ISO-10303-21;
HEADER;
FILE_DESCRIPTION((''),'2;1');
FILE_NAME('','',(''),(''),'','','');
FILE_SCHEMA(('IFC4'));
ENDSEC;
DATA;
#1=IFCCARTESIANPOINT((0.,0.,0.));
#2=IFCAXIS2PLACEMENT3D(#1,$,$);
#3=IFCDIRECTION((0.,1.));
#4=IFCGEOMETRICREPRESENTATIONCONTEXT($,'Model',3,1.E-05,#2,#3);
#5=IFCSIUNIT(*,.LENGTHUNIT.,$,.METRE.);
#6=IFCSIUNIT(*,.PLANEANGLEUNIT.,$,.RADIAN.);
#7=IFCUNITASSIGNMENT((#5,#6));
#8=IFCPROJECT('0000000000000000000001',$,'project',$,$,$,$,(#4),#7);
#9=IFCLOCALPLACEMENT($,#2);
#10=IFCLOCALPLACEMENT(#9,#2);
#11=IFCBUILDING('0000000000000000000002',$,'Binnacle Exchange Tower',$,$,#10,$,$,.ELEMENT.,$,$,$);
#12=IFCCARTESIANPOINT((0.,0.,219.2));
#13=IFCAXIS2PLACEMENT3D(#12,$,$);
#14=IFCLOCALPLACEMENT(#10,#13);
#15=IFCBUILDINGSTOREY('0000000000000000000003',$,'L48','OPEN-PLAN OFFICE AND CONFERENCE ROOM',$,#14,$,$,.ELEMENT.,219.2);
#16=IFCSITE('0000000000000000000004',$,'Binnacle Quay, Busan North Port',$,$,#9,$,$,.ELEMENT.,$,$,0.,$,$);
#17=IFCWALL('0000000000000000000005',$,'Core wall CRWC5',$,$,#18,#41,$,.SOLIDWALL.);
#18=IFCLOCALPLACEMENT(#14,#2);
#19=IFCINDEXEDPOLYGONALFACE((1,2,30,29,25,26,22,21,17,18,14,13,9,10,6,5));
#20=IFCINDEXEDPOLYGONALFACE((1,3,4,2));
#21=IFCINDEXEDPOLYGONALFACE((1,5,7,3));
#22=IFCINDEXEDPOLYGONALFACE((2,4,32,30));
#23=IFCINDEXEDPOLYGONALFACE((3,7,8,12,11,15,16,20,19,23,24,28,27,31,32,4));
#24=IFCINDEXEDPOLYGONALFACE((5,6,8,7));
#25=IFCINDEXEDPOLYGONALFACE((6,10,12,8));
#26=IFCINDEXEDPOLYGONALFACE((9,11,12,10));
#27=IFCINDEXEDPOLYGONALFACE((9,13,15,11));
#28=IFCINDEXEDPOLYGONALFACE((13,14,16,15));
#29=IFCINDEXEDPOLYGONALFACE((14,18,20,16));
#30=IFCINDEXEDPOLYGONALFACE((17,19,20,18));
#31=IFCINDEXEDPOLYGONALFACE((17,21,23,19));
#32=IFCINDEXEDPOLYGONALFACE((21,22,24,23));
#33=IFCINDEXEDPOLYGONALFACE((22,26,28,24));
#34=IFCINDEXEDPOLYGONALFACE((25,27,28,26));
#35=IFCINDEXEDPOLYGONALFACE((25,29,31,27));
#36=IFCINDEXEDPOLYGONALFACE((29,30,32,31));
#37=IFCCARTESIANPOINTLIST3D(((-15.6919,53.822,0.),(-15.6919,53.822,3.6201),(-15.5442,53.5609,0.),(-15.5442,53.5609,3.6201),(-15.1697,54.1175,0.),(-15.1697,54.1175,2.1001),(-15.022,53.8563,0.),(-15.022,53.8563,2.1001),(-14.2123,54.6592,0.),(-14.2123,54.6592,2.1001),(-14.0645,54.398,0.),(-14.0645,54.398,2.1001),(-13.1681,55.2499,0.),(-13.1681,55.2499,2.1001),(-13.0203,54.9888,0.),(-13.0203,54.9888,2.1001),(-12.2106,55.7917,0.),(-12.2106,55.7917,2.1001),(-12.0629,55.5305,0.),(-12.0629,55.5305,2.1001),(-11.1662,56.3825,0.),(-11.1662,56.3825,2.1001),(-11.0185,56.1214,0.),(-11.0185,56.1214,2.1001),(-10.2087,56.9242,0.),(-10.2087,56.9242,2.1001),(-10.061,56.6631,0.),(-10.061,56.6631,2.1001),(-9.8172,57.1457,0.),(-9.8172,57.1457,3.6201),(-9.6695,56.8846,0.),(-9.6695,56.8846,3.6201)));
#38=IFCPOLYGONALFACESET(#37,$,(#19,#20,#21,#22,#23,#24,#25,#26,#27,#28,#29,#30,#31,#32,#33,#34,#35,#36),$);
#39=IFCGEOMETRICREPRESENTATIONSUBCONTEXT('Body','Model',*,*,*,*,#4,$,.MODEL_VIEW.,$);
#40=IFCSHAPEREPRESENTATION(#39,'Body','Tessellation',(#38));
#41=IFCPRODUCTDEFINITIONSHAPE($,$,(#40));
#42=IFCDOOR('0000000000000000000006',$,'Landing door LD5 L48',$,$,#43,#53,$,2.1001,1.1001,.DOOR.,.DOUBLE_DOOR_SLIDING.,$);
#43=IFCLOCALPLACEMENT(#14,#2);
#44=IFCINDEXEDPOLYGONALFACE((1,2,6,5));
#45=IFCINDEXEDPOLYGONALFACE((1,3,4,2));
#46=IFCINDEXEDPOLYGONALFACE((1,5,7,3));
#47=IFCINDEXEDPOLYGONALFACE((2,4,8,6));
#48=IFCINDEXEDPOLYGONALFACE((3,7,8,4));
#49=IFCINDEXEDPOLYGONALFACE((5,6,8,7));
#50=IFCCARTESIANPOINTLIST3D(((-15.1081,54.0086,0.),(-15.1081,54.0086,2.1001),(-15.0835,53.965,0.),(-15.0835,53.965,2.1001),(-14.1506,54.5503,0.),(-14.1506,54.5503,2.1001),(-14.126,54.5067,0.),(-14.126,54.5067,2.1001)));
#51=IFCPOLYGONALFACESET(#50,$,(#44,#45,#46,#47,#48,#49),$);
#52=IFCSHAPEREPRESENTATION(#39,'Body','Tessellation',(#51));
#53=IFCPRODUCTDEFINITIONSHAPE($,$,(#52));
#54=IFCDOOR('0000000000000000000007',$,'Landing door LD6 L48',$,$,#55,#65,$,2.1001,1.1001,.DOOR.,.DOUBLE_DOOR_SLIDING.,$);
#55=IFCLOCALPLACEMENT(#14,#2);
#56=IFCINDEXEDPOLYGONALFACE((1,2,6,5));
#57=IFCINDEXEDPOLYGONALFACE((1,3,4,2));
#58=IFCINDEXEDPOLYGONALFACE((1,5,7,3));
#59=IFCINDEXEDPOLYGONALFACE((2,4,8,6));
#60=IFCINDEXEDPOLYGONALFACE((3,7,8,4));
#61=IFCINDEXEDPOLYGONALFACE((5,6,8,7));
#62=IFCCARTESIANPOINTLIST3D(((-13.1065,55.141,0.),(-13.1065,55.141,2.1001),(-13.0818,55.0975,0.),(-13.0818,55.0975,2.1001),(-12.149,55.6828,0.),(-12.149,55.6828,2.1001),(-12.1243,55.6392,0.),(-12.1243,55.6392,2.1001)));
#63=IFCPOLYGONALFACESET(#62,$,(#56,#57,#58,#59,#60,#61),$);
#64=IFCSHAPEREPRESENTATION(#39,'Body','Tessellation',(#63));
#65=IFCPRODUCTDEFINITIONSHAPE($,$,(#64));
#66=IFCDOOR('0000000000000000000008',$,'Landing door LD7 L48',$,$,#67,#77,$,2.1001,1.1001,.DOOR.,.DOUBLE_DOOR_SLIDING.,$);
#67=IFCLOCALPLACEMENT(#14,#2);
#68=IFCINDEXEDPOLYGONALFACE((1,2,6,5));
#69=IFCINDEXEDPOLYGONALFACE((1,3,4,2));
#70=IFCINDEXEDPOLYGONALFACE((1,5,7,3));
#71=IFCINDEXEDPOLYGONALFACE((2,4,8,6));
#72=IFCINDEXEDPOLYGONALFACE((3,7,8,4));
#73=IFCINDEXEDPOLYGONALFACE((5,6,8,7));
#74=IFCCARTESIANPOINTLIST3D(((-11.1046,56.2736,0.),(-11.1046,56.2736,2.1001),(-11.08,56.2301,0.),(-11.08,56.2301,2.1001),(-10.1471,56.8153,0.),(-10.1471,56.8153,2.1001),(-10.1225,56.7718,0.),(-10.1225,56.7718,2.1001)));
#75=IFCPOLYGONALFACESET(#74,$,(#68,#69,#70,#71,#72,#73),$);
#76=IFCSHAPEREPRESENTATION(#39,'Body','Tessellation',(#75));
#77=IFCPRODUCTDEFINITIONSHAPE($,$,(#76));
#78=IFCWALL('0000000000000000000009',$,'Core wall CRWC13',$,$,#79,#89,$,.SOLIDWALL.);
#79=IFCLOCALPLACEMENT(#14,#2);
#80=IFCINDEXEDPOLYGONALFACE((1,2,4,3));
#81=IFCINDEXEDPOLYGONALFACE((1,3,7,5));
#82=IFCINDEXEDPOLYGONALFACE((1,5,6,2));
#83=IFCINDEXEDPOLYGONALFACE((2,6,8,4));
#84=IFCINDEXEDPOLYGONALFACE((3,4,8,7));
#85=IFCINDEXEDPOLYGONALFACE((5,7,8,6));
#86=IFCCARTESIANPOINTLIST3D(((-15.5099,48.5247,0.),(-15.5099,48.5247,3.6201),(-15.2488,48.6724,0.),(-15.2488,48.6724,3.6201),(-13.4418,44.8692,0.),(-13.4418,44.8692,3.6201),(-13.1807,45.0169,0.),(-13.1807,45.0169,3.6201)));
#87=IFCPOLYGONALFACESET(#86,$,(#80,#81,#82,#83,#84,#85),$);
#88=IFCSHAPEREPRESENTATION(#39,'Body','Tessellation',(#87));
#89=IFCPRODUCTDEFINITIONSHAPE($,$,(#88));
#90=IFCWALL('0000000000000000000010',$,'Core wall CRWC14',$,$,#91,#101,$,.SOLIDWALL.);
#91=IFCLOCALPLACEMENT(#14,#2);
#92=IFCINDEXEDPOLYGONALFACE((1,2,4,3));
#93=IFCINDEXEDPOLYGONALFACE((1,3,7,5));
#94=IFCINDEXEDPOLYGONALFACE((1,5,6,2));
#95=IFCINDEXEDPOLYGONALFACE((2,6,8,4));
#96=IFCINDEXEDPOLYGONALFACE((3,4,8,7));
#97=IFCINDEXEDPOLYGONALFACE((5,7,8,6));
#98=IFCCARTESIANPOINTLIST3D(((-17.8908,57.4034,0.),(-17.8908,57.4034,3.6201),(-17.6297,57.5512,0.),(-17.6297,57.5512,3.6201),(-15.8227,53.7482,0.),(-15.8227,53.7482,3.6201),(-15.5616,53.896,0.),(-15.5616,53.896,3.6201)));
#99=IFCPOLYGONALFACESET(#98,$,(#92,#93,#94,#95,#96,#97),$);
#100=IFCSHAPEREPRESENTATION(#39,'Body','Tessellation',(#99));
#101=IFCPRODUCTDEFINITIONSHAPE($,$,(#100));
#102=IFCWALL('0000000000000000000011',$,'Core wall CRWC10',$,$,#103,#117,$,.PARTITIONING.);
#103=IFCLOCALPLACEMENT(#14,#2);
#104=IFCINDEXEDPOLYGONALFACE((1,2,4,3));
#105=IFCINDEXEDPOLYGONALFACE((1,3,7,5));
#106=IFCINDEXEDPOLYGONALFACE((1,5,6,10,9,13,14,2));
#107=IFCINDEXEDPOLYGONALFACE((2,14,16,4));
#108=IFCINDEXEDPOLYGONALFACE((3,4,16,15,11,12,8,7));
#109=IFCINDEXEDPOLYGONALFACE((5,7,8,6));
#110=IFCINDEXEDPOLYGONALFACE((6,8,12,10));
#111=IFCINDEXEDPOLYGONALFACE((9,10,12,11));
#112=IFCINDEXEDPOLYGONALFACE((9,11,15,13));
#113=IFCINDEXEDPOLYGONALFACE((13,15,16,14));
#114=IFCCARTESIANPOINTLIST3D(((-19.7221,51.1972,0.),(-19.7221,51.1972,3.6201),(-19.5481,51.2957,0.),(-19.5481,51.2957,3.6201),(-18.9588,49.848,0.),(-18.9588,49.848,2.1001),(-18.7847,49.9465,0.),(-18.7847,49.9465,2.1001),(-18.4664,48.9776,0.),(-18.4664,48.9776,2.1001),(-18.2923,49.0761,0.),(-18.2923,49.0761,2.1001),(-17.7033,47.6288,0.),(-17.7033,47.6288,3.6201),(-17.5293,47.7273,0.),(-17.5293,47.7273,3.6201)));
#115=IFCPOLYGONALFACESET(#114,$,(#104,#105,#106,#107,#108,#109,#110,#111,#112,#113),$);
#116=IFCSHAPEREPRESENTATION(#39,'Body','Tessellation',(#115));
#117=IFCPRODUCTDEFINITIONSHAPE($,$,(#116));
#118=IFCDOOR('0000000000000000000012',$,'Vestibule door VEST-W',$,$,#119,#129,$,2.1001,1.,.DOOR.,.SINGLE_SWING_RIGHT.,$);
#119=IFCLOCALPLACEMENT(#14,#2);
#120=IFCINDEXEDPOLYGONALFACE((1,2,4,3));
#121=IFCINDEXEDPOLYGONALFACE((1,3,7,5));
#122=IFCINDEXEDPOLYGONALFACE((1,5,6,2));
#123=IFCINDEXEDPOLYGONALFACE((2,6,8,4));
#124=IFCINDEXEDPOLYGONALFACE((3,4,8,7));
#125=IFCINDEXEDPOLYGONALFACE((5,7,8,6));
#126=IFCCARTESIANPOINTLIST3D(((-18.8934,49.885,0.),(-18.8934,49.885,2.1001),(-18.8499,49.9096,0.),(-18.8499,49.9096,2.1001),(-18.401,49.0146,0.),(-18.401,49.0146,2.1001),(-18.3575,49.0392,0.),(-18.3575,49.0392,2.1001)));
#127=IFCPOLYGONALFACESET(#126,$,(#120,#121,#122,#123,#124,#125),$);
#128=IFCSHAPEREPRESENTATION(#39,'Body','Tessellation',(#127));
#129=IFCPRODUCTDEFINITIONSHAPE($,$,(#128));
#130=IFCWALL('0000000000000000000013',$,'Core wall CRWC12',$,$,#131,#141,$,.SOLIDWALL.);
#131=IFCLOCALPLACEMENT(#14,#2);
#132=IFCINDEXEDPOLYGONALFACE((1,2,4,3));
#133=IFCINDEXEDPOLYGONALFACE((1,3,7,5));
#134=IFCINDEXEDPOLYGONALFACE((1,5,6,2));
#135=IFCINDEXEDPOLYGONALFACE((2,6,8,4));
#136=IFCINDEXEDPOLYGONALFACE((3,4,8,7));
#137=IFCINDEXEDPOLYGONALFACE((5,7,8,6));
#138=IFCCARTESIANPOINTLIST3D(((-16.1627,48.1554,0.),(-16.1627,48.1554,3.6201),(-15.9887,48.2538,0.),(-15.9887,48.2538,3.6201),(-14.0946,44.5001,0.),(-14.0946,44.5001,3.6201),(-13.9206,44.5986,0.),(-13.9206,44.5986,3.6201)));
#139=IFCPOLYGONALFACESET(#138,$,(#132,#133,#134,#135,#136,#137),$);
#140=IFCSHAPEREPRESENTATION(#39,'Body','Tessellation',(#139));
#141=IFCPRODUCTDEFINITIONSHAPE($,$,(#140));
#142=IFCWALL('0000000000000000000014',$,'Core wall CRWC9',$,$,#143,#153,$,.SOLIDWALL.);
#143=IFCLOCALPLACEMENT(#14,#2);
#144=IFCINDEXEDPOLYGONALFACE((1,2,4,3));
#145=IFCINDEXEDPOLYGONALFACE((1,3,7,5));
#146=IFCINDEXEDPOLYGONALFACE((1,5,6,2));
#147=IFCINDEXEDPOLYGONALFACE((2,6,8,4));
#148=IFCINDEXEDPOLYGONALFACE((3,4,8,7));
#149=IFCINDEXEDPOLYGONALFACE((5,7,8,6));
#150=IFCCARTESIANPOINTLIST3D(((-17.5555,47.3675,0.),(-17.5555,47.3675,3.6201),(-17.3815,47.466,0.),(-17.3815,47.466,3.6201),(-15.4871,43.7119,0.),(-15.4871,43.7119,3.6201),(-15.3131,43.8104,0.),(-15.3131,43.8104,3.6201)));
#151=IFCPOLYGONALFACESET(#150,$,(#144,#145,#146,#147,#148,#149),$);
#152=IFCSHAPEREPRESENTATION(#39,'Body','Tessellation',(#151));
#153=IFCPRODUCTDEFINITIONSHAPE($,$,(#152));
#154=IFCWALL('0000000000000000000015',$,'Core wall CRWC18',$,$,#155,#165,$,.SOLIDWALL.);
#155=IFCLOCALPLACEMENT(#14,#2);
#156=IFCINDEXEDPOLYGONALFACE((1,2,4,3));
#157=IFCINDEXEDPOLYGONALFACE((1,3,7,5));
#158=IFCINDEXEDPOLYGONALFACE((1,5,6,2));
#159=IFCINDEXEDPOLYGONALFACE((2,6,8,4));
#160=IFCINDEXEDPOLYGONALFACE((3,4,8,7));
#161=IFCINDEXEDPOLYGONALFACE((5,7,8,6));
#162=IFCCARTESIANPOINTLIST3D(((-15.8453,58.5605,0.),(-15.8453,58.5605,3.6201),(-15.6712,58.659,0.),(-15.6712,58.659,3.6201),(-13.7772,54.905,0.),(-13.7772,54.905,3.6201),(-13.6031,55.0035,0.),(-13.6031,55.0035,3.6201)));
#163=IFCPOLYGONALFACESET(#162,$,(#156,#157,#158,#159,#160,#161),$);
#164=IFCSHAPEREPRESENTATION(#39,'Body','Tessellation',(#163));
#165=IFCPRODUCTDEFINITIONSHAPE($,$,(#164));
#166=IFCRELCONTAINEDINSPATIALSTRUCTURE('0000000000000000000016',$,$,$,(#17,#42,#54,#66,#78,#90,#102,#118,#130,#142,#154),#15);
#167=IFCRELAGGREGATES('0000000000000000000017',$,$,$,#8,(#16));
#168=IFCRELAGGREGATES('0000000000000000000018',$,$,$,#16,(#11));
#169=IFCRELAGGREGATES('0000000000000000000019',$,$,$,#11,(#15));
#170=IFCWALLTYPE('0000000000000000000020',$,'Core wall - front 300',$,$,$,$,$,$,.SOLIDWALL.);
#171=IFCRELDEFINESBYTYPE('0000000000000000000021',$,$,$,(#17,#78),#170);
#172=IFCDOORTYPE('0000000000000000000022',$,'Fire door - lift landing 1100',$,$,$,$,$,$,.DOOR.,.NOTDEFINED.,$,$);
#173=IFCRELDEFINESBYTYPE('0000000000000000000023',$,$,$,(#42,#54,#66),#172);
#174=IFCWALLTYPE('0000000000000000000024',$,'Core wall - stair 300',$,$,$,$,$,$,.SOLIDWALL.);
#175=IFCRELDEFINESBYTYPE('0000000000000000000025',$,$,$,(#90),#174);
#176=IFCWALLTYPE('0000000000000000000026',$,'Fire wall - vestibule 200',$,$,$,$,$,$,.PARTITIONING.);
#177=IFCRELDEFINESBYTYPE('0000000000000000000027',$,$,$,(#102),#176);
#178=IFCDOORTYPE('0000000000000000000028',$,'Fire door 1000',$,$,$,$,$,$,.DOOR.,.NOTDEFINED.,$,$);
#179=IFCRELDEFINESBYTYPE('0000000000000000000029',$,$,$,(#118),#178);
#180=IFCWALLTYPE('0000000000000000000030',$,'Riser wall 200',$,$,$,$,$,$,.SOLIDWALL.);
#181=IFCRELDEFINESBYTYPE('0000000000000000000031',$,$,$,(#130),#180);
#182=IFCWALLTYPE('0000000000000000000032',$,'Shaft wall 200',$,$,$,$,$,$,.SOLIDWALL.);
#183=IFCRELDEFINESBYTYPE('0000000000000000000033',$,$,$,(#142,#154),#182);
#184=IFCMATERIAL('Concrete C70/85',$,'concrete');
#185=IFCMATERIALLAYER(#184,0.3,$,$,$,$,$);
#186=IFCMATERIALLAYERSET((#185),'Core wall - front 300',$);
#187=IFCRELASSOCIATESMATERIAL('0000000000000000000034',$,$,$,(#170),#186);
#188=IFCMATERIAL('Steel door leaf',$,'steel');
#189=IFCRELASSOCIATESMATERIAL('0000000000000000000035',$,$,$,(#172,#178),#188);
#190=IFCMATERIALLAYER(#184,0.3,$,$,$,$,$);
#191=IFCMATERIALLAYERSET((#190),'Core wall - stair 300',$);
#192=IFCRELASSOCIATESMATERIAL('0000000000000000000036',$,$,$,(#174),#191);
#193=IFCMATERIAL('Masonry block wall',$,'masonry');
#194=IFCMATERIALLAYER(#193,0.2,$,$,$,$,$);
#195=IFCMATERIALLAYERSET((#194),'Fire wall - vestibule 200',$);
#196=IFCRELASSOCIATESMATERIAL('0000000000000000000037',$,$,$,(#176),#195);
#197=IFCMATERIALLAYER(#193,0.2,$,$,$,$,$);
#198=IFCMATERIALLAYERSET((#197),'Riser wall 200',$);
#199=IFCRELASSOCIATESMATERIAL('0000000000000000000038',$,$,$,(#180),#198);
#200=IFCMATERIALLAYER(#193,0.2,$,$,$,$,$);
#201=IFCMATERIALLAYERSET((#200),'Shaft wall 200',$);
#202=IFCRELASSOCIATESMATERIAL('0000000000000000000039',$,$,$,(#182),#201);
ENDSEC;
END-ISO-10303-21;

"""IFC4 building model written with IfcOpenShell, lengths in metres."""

from ifc_helpers import new_model, si_unit, direction, frame, frame_2d, origin, place, context, subcontext, project, spatial, rectangle, extrude, material, layer, layer_set, type_object, element, fill, save


model = new_model("IFC4")

# Units and contexts
model_context = context("Model", 3, precision=1e-05, world=origin(), true_north=direction((0.0, 1.0)))
body_context = subcontext(model_context, "Body", "Model", "MODEL_VIEW")
ifc_project = project(units=[si_unit("LENGTHUNIT", "METRE"), si_unit("PLANEANGLEUNIT", "RADIAN")], contexts=[model_context])

# Site, building, storey
site_placement = place(None, origin())
site = spatial("IfcSite", under=ifc_project, at=site_placement, Name="Binnacle Quay, Busan North Port", CompositionType="ELEMENT", RefElevation=0.0)
building_placement = place(site_placement, origin())
building = spatial("IfcBuilding", under=site, at=building_placement, Name="Binnacle Exchange Tower", CompositionType="ELEMENT")
storey_placement = place(building_placement, frame((0.0, 0.0, 219.2)))
storey = spatial("IfcBuildingStorey", under=building, at=storey_placement, Name="L48", Description="OPEN-PLAN OFFICE AND CONFERENCE ROOM", CompositionType="ELEMENT", Elevation=219.2)

# Wall, openings, doors
ifc_material_1 = material(Name="Concrete C70/85", Category="concrete")
ifc_layer_1 = layer(ifc_material_1, 0.3)
ifc_layer_set_1 = layer_set([ifc_layer_1], Name="Core wall - front 300")
wall_type_1 = type_object("IfcWallType", Name="Core wall - front 300", PredefinedType="SOLIDWALL", material=ifc_layer_set_1)
ifc_material_2 = material(Name="Steel door leaf", Category="steel")
wall_1_placement = place(storey_placement, frame((-15.6182, 53.6914, 0.0), z_axis=(0.0, 0.0, 1.0), x_axis=(0.870359, 0.492418, 0.0)))
wall_1 = element("IfcWall", 1, at=wall_1_placement, inside=storey, type_object=wall_type_1, Name="Core wall CRWC5", PredefinedType="SOLIDWALL", context=body_context, shape_type="SweptSolid", body=[
    extrude(rectangle(XDim=6.7498, YDim=0.3, at=frame_2d((3.375, 0.0))), origin(), (0.0, 0.0, 1.0), 3.6201),
])
opening_1_placement = place(wall_1_placement, frame((0.6001, 0.0, 0.0)))
opening_1 = element("IfcOpeningElement", 2, at=opening_1_placement, cuts=wall_1, PredefinedType="OPENING", context=body_context, shape_type="SweptSolid", body=[
    extrude(rectangle(XDim=1.1001, YDim=2.1001, at=frame_2d((0.55, 1.05))), frame((0.0, 0.1599, 0.0), z_axis=(0.0, -1.0, 0.0), x_axis=(1.0, 0.0, 0.0)), (0.0, 0.0, 1.0), 0.3201),
])
opening_2_placement = place(wall_1_placement, frame((2.8999, 0.0, 0.0)))
opening_2 = element("IfcOpeningElement", 3, at=opening_2_placement, cuts=wall_1, PredefinedType="OPENING", context=body_context, shape_type="SweptSolid", body=[
    extrude(rectangle(XDim=1.1001, YDim=2.1001, at=frame_2d((0.55, 1.05))), frame((0.0, 0.1599, 0.0), z_axis=(0.0, -1.0, 0.0), x_axis=(1.0, 0.0, 0.0)), (0.0, 0.0, 1.0), 0.3201),
])
opening_3_placement = place(wall_1_placement, frame((5.2, 0.0, 0.0)))
opening_3 = element("IfcOpeningElement", 4, at=opening_3_placement, cuts=wall_1, PredefinedType="OPENING", context=body_context, shape_type="SweptSolid", body=[
    extrude(rectangle(XDim=1.1001, YDim=2.1001, at=frame_2d((0.55, 1.05))), frame((0.0, 0.1599, 0.0), z_axis=(0.0, -1.0, 0.0), x_axis=(1.0, 0.0, 0.0)), (0.0, 0.0, 1.0), 0.3201),
])
door_type_1 = type_object("IfcDoorType", Name="Fire door - lift landing 1100", OperationType="NOTDEFINED", PredefinedType="DOOR", material=ifc_material_2)
door_1_placement = place(opening_1_placement, origin())
door_1 = element("IfcDoor", 5, at=door_1_placement, inside=storey, type_object=door_type_1, Name="Landing door LD5 L48", OperationType="DOUBLE_DOOR_SLIDING", OverallHeight=2.1001, OverallWidth=1.1001, PredefinedType="DOOR", context=body_context, shape_type="SweptSolid", body=[
    extrude(rectangle(XDim=1.1001, YDim=2.1001, at=frame_2d((0.55, 1.05))), frame((0.0, 0.0249, 0.0), z_axis=(0.0, -1.0, 0.0), x_axis=(1.0, 0.0, 0.0)), (0.0, 0.0, 1.0), 0.05),
])
fill(opening_1, door_1)
door_2_placement = place(opening_2_placement, origin())
door_2 = element("IfcDoor", 6, at=door_2_placement, inside=storey, type_object=door_type_1, Name="Landing door LD6 L48", OperationType="DOUBLE_DOOR_SLIDING", OverallHeight=2.1001, OverallWidth=1.1001, PredefinedType="DOOR", context=body_context, shape_type="SweptSolid", body=[
    extrude(rectangle(XDim=1.1001, YDim=2.1001, at=frame_2d((0.55, 1.05))), frame((0.0, 0.0249, 0.0), z_axis=(0.0, -1.0, 0.0), x_axis=(1.0, 0.0, 0.0)), (0.0, 0.0, 1.0), 0.05),
])
fill(opening_2, door_2)
door_3_placement = place(opening_3_placement, origin())
door_3 = element("IfcDoor", 7, at=door_3_placement, inside=storey, type_object=door_type_1, Name="Landing door LD7 L48", OperationType="DOUBLE_DOOR_SLIDING", OverallHeight=2.1001, OverallWidth=1.1001, PredefinedType="DOOR", context=body_context, shape_type="SweptSolid", body=[
    extrude(rectangle(XDim=1.1001, YDim=2.1001, at=frame_2d((0.55, 1.05))), frame((0.0, 0.0249, 0.0), z_axis=(0.0, -1.0, 0.0), x_axis=(1.0, 0.0, 0.0)), (0.0, 0.0, 1.0), 0.05),
])
fill(opening_3, door_3)

# Walls
wall_2_placement = place(storey_placement, frame((-15.3794, 48.5986, 0.0), z_axis=(0.0, 0.0, 1.0), x_axis=(0.49241, -0.870364, 0.0)))
element("IfcWall", 8, at=wall_2_placement, inside=storey, type_object=wall_type_1, Name="Core wall CRWC13", PredefinedType="SOLIDWALL", context=body_context, shape_type="SweptSolid", body=[
    extrude(rectangle(XDim=4.2, YDim=0.3, at=frame_2d((2.1001, 0.0))), origin(), (0.0, 0.0, 1.0), 3.6201),
])
ifc_layer_2 = layer(ifc_material_1, 0.3)
ifc_layer_set_2 = layer_set([ifc_layer_2], Name="Core wall - stair 300")
wall_type_2 = type_object("IfcWallType", Name="Core wall - stair 300", PredefinedType="SOLIDWALL", material=ifc_layer_set_2)
wall_3_placement = place(storey_placement, frame((-17.7603, 57.4773, 0.0), z_axis=(0.0, 0.0, 1.0), x_axis=(0.492435, -0.870349, 0.0)))
element("IfcWall", 9, at=wall_3_placement, inside=storey, type_object=wall_type_2, Name="Core wall CRWC14", PredefinedType="SOLIDWALL", context=body_context, shape_type="SweptSolid", body=[
    extrude(rectangle(XDim=4.1997, YDim=0.3, at=frame_2d((2.0999, 0.0))), origin(), (0.0, 0.0, 1.0), 3.6201),
])

# Wall, opening, door
ifc_material_3 = material(Name="Masonry block wall", Category="masonry")
ifc_layer_3 = layer(ifc_material_3, 0.2)
ifc_layer_set_3 = layer_set([ifc_layer_3], Name="Fire wall - vestibule 200")
wall_type_3 = type_object("IfcWallType", Name="Fire wall - vestibule 200", PredefinedType="PARTITIONING", material=ifc_layer_set_3)
wall_4_placement = place(storey_placement, frame((-19.635, 51.2463, 0.0), z_axis=(0.0, 0.0, 1.0), x_axis=(0.492408, -0.870364, 0.0)))
wall_4 = element("IfcWall", 10, at=wall_4_placement, inside=storey, type_object=wall_type_3, Name="Core wall CRWC10", PredefinedType="PARTITIONING", context=body_context, shape_type="SweptSolid", body=[
    extrude(rectangle(XDim=4.0999, YDim=0.2, at=frame_2d((2.0498, 0.0))), origin(), (0.0, 0.0, 1.0), 3.6201),
])
opening_4_placement = place(wall_4_placement, frame((1.55, 0.0, 0.0)))
opening_4 = element("IfcOpeningElement", 11, at=opening_4_placement, cuts=wall_4, PredefinedType="OPENING", context=body_context, shape_type="SweptSolid", body=[
    extrude(rectangle(XDim=1.0, YDim=2.1001, at=frame_2d((0.5, 1.05))), frame((0.0, 0.1099, 0.0), z_axis=(0.0, -1.0, 0.0), x_axis=(1.0, 0.0, 0.0)), (0.0, 0.0, 1.0), 0.22),
])
door_type_2 = type_object("IfcDoorType", Name="Fire door 1000", OperationType="NOTDEFINED", PredefinedType="DOOR", material=ifc_material_2)
door_4_placement = place(opening_4_placement, frame((1.0, 0.0, 0.0), z_axis=(0.0, 0.0, 1.0), x_axis=(-1.0, 0.0, 0.0)))
door_4 = element("IfcDoor", 12, at=door_4_placement, inside=storey, type_object=door_type_2, Name="Vestibule door VEST-W", OperationType="SINGLE_SWING_RIGHT", OverallHeight=2.1001, OverallWidth=1.0, PredefinedType="DOOR", context=body_context, shape_type="SweptSolid", body=[
    extrude(rectangle(XDim=1.0, YDim=2.1001, at=frame_2d((0.5, 1.05))), frame((0.0, 0.0249, 0.0), z_axis=(0.0, -1.0, 0.0), x_axis=(1.0, 0.0, 0.0)), (0.0, 0.0, 1.0), 0.05),
])
fill(opening_4, door_4)

# Walls
ifc_layer_4 = layer(ifc_material_3, 0.2)
ifc_layer_set_4 = layer_set([ifc_layer_4], Name="Riser wall 200")
wall_type_4 = type_object("IfcWallType", Name="Riser wall 200", PredefinedType="SOLIDWALL", material=ifc_layer_set_4)
wall_5_placement = place(storey_placement, frame((-16.0757, 48.2046, 0.0), z_axis=(0.0, 0.0, 1.0), x_axis=(0.492435, -0.870349, 0.0)))
element("IfcWall", 13, at=wall_5_placement, inside=storey, type_object=wall_type_4, Name="Core wall CRWC12", PredefinedType="SOLIDWALL", context=body_context, shape_type="SweptSolid", body=[
    extrude(rectangle(XDim=4.1997, YDim=0.2, at=frame_2d((2.0999, 0.0))), origin(), (0.0, 0.0, 1.0), 3.6201),
])
ifc_layer_5 = layer(ifc_material_3, 0.2)
ifc_layer_set_5 = layer_set([ifc_layer_5], Name="Shaft wall 200")
wall_type_5 = type_object("IfcWallType", Name="Shaft wall 200", PredefinedType="SOLIDWALL", material=ifc_layer_set_5)
wall_6_placement = place(storey_placement, frame((-17.4685, 47.4167, 0.0), z_axis=(0.0, 0.0, 1.0), x_axis=(0.492454, -0.870339, 0.0)))
element("IfcWall", 14, at=wall_6_placement, inside=storey, type_object=wall_type_5, Name="Core wall CRWC9", PredefinedType="SOLIDWALL", context=body_context, shape_type="SweptSolid", body=[
    extrude(rectangle(XDim=4.2002, YDim=0.2, at=frame_2d((2.1001, 0.0))), origin(), (0.0, 0.0, 1.0), 3.6201),
])
for number, where, z_axis, x_axis, name in (
    (15, (-15.7583, 58.6099, 0.0), (0.0, 0.0, 1.0), (0.49241, -0.870364, 0.0), "Core wall CRWC18"),
):
    element("IfcWall", number, at=place(storey_placement, frame(where, z_axis=z_axis, x_axis=x_axis)), inside=storey, type_object=wall_type_5, Name=name, PredefinedType="SOLIDWALL", context=body_context, shape_type="SweptSolid", body=[
        extrude(rectangle(XDim=4.2, YDim=0.2, at=frame_2d((2.1001, 0.0))), origin(), (0.0, 0.0, 1.0), 3.6201),
    ])

save(model, "model.ifc")
